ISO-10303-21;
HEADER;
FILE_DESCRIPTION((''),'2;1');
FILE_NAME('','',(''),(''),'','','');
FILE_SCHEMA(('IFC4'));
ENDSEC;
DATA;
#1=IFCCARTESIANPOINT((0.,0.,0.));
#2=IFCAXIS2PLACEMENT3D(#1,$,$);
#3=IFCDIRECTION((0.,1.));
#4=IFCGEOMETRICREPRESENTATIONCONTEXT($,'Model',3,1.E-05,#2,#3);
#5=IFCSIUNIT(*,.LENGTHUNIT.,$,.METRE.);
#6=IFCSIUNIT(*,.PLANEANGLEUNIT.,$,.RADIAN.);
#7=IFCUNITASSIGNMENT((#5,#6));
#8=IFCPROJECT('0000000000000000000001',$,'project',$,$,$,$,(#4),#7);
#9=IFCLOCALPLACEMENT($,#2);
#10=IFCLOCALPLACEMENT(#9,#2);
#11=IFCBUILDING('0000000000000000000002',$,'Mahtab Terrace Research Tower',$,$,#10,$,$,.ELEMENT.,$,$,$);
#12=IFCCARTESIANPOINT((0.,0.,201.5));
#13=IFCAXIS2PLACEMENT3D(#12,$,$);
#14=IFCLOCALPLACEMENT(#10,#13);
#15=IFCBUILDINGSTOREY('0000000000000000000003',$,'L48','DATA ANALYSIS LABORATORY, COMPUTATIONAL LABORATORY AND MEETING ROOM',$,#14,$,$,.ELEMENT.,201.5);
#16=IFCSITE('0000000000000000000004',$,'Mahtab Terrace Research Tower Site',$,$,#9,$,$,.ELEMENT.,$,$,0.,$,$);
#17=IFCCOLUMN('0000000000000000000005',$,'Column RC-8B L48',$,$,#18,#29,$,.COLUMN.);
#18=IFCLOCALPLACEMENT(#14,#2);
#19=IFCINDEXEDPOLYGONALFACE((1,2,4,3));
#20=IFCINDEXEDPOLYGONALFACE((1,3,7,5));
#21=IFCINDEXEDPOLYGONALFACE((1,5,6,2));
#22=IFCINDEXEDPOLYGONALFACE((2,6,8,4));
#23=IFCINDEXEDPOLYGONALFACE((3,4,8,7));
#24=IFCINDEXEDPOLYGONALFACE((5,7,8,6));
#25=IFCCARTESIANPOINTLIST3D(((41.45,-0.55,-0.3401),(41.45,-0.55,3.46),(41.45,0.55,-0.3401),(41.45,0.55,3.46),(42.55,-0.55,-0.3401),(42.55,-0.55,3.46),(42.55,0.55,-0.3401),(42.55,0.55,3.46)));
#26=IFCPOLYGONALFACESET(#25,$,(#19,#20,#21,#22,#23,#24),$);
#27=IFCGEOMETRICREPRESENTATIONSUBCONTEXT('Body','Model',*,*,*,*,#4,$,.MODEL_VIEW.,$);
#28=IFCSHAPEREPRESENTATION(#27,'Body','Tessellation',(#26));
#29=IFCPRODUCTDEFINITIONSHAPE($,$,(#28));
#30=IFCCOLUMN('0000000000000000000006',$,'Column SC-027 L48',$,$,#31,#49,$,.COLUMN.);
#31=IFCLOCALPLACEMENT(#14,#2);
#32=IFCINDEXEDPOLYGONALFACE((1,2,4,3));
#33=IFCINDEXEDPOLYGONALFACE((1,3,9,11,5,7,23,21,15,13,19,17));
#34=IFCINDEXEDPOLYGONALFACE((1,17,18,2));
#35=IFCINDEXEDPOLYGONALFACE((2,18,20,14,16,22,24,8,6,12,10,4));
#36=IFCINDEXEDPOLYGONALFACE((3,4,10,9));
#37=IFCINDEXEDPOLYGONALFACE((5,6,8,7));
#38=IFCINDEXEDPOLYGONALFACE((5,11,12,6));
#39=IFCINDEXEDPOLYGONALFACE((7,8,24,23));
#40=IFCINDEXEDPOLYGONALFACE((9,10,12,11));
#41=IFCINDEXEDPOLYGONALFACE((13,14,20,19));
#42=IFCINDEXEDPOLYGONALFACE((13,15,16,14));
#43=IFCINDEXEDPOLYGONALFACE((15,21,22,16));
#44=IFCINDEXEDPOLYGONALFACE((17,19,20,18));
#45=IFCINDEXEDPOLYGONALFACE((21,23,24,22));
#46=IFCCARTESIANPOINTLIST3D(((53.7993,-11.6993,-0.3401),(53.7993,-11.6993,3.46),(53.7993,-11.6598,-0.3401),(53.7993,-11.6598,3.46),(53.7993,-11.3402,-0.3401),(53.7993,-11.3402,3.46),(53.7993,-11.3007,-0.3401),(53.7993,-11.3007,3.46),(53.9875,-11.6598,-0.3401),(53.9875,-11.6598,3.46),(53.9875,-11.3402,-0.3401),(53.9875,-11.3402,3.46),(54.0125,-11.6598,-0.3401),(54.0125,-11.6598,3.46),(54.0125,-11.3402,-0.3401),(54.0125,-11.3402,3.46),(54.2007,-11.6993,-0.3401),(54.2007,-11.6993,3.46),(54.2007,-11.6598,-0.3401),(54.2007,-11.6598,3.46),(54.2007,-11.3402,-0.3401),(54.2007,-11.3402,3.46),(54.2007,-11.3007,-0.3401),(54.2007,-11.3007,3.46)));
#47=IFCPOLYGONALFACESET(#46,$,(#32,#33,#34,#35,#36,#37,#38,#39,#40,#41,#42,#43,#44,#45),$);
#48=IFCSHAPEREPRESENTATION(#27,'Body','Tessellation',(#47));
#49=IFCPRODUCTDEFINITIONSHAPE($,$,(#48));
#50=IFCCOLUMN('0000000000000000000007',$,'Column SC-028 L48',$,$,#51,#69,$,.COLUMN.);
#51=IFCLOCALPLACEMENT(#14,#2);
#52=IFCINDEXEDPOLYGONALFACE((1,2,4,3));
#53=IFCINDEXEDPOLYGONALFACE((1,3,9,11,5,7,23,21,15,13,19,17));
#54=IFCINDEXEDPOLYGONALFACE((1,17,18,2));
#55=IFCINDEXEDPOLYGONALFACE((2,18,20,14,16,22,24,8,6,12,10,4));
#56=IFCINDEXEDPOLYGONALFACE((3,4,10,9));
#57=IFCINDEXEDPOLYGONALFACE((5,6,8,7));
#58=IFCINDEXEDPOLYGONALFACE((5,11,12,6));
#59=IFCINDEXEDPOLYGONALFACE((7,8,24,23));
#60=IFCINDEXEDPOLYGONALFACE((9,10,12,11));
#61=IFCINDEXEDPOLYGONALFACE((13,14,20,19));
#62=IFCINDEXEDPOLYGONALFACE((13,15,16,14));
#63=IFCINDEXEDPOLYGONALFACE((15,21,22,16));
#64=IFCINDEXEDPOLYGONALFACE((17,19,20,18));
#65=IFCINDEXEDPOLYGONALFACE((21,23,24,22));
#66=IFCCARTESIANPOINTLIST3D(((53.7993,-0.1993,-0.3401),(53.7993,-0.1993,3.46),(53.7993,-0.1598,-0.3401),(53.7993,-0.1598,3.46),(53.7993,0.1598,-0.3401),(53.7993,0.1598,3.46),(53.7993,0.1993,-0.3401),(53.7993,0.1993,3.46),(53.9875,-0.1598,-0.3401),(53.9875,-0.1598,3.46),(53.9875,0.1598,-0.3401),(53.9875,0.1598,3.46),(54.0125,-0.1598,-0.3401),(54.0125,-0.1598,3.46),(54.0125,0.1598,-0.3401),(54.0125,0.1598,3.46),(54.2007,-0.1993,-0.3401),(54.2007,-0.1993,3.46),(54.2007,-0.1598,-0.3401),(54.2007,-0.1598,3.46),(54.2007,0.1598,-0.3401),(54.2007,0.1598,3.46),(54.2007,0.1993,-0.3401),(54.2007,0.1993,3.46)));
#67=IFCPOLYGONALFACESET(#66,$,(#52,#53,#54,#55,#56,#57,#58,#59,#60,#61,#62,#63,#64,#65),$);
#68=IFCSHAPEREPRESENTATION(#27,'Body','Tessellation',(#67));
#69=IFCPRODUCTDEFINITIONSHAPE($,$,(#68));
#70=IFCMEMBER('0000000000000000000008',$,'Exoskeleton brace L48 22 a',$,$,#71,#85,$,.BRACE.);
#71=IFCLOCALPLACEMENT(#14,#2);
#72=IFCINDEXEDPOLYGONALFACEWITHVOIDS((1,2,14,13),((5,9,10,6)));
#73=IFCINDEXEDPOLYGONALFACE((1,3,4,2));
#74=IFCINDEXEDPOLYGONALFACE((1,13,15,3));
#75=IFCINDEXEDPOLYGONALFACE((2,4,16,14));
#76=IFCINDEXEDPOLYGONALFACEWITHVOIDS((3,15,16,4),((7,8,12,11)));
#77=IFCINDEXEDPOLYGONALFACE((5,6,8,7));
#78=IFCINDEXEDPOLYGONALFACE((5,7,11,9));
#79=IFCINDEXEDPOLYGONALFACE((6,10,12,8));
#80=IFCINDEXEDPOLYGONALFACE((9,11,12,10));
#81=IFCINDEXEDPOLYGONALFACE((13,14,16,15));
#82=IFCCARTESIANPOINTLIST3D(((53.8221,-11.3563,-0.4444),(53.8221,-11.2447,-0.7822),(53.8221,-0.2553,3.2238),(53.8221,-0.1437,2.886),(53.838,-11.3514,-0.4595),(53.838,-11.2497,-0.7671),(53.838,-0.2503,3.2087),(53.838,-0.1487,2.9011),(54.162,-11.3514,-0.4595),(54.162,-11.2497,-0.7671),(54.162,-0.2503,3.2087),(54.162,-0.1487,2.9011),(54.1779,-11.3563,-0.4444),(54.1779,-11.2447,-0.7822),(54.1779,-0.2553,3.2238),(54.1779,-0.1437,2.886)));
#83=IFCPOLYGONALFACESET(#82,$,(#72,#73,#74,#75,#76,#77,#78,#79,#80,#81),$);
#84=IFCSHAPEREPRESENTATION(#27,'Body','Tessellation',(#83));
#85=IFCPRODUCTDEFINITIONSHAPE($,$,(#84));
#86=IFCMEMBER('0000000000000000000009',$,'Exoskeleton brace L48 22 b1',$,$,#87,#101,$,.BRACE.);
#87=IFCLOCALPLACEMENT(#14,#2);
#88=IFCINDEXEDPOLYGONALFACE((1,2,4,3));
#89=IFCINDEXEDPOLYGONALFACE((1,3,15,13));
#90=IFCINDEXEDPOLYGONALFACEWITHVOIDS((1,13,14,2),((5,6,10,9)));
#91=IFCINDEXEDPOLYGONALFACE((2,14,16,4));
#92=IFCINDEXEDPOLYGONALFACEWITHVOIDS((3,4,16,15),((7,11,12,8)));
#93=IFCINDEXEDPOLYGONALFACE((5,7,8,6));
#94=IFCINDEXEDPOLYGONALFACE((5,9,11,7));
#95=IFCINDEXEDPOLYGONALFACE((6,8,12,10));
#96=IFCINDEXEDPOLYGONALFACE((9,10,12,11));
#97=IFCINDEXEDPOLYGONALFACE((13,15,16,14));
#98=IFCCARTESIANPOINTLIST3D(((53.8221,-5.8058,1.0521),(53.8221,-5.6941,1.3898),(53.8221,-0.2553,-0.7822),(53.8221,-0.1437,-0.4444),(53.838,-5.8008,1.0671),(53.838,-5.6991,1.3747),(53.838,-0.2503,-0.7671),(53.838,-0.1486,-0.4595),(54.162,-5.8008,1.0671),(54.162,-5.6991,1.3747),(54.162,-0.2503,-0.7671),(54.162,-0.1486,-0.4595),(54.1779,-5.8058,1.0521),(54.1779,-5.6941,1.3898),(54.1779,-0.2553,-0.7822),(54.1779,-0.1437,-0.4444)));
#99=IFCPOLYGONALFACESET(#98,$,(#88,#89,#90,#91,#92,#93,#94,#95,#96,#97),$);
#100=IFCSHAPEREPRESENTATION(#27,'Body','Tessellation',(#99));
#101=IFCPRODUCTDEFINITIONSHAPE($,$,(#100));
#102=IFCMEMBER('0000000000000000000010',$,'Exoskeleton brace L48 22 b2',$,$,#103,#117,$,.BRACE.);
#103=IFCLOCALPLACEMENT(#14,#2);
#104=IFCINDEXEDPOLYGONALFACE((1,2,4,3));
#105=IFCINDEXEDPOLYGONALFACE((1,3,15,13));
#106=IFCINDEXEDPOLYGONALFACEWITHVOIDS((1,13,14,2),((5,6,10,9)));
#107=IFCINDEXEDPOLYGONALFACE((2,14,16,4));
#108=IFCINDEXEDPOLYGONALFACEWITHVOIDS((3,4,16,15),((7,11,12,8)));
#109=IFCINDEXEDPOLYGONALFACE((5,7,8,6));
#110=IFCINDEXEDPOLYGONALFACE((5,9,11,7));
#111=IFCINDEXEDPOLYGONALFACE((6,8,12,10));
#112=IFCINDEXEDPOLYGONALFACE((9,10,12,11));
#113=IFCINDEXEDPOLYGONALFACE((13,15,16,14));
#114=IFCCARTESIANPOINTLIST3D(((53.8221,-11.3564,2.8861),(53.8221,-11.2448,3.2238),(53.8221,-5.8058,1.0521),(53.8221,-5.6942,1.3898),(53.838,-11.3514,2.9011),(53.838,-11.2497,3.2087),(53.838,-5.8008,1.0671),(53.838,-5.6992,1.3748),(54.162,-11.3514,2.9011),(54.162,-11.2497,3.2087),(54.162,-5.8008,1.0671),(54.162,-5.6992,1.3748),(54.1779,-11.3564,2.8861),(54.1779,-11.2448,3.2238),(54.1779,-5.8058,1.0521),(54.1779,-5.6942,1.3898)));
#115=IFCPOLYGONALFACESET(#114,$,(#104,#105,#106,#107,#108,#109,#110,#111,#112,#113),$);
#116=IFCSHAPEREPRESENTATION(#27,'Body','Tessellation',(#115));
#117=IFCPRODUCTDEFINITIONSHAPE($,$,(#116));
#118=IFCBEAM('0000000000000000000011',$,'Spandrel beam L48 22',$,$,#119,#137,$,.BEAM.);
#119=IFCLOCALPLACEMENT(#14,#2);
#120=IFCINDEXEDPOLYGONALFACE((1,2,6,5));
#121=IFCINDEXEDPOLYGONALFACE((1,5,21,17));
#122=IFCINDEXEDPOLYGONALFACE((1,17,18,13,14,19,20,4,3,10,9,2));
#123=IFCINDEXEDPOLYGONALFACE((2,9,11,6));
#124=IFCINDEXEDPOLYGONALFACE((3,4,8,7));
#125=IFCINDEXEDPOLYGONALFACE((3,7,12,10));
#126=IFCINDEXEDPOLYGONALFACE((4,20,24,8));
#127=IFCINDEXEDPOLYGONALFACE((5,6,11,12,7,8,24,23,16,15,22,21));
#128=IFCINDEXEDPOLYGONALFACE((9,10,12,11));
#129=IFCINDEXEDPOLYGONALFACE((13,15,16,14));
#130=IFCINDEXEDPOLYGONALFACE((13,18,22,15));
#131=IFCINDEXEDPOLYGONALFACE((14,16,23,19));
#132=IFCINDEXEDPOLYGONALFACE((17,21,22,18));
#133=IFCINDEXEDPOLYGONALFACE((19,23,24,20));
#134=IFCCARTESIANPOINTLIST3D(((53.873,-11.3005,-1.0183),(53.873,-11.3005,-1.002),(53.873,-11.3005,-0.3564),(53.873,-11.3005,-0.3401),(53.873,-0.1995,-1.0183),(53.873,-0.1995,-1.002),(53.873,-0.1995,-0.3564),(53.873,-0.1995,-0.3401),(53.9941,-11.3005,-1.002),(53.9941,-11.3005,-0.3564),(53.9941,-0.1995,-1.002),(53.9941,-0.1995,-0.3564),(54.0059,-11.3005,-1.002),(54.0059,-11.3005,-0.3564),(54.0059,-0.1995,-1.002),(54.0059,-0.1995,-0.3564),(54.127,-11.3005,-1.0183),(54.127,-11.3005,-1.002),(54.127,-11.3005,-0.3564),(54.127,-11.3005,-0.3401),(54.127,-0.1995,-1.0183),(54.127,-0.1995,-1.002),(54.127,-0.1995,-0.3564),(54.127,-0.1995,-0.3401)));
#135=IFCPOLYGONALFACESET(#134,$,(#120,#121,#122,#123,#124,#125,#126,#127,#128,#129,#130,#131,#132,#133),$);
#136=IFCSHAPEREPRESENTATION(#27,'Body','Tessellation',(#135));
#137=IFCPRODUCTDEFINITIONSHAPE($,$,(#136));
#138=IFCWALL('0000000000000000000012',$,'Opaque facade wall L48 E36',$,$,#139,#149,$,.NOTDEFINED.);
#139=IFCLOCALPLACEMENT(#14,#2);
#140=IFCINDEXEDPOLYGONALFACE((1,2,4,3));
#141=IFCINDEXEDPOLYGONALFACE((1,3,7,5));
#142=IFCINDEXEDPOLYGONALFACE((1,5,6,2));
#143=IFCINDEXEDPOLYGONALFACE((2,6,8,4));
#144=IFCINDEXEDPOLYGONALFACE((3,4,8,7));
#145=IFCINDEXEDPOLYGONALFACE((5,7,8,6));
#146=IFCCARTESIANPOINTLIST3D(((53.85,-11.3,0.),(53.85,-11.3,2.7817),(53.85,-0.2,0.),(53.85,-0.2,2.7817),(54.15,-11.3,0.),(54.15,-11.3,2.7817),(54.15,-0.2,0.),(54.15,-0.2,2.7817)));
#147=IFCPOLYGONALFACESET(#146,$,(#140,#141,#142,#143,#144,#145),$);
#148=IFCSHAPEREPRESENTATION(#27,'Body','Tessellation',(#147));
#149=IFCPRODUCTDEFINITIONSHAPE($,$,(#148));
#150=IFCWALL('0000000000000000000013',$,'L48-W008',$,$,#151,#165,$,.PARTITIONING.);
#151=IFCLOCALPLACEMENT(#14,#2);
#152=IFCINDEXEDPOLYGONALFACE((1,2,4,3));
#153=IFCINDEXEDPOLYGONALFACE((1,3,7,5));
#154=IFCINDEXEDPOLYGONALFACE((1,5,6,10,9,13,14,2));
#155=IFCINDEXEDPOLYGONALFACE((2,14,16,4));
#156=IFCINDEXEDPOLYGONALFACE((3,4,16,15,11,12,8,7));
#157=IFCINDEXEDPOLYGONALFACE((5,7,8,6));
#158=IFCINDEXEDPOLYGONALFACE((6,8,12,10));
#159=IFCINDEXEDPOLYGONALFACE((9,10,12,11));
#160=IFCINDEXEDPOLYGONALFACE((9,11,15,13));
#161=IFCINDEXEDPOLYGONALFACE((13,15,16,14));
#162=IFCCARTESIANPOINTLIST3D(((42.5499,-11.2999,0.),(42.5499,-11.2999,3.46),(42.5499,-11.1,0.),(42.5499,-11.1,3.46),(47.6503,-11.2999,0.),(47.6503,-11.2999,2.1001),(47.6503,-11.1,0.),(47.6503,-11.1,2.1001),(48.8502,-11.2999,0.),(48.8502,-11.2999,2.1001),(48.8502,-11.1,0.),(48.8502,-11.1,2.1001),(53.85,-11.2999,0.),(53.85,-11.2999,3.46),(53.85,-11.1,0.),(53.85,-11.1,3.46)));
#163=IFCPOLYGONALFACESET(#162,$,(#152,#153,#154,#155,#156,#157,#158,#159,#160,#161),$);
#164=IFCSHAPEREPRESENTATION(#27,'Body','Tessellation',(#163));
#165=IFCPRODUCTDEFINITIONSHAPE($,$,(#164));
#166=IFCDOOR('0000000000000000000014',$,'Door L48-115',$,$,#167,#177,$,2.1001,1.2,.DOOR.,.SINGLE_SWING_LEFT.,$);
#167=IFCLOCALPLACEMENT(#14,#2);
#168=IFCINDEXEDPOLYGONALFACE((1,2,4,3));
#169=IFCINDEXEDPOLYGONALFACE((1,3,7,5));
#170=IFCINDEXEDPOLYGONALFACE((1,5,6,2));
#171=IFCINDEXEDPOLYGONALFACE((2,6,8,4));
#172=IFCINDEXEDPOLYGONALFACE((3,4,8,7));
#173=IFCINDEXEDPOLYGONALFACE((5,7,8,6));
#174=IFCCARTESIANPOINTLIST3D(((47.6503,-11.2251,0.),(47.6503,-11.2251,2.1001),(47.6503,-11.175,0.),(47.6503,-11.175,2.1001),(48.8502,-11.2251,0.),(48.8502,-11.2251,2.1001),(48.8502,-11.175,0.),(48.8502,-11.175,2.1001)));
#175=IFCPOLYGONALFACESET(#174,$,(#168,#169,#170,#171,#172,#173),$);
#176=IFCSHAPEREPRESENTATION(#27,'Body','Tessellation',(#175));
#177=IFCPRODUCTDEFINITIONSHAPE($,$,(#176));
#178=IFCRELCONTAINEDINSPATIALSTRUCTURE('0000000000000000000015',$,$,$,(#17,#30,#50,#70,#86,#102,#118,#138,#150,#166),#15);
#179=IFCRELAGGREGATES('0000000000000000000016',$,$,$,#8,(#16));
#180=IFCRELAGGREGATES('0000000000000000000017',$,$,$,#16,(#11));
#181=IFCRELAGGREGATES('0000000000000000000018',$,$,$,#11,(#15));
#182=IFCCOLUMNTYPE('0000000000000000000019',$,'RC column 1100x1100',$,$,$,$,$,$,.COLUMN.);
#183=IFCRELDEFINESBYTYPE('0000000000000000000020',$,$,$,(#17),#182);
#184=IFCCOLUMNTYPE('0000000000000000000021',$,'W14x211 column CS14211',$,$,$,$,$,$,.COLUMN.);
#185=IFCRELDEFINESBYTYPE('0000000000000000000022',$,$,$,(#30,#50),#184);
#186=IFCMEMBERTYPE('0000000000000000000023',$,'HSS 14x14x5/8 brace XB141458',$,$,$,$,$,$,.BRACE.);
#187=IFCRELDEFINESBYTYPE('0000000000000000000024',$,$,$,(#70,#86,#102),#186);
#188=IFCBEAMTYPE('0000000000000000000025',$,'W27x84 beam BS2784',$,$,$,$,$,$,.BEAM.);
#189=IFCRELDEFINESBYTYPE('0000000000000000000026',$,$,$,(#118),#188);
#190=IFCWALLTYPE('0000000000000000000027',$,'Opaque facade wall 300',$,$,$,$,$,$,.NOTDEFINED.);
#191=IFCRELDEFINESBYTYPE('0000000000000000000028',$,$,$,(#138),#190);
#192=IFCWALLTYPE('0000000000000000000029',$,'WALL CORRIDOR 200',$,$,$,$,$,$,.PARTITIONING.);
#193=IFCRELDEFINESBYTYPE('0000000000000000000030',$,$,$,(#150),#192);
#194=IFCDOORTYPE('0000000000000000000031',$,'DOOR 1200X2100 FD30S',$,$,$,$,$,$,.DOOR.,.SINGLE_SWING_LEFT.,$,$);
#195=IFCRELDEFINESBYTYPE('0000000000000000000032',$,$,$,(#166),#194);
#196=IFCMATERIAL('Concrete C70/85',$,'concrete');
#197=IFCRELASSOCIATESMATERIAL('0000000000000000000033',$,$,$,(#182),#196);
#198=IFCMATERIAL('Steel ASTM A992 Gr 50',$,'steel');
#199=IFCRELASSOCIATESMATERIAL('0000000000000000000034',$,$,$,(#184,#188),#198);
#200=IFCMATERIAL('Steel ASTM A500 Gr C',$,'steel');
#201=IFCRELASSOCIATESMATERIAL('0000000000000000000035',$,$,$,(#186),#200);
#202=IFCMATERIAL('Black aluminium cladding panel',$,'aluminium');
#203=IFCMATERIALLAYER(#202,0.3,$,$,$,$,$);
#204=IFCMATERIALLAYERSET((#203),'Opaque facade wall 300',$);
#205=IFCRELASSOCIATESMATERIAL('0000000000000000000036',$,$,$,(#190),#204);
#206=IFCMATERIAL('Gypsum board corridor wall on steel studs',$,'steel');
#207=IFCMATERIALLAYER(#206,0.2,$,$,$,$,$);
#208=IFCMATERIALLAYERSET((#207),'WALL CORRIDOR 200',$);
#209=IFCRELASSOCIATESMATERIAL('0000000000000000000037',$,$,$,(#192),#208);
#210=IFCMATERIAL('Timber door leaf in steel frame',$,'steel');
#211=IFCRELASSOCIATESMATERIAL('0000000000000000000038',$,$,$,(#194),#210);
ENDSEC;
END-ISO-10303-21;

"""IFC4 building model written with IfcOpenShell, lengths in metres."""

from ifc_helpers import new_model, si_unit, direction, frame, frame_2d, origin, origin_2d, place, context, subcontext, project, spatial, rectangle, hollow_rectangle, i_section, extrude, material, layer, layer_set, material_profile, profile_set, type_object, element, fill, save


model = new_model("IFC4")

# Units and contexts
model_context = context("Model", 3, precision=1e-05, world=origin(), true_north=direction((0.0, 1.0)))
body_context = subcontext(model_context, "Body", "Model", "MODEL_VIEW")
ifc_project = project(units=[si_unit("LENGTHUNIT", "METRE"), si_unit("PLANEANGLEUNIT", "RADIAN")], contexts=[model_context])

# Site, building, storey
site_placement = place(None, origin())
site = spatial("IfcSite", under=ifc_project, at=site_placement, Name="Mahtab Terrace Research Tower Site", CompositionType="ELEMENT", RefElevation=0.0)
building_placement = place(site_placement, origin())
building = spatial("IfcBuilding", under=site, at=building_placement, Name="Mahtab Terrace Research Tower", CompositionType="ELEMENT")
storey_placement = place(building_placement, frame((0.0, 0.0, 201.5)))
storey = spatial("IfcBuildingStorey", under=building, at=storey_placement, Name="L48", Description="DATA ANALYSIS LABORATORY, COMPUTATIONAL LABORATORY AND MEETING ROOM", CompositionType="ELEMENT", Elevation=201.5)

# Columns
ifc_material_1 = material(Name="Concrete C70/85", Category="concrete")
ifc_material_profile_1 = material_profile(ifc_material_1, rectangle(XDim=1.1001, YDim=1.1001, at=origin_2d()), Name="RC column 1100x1100")
ifc_profile_set_1 = profile_set([ifc_material_profile_1], Name="Concrete C70/85")
column_type_1 = type_object("IfcColumnType", Name="RC column 1100x1100", PredefinedType="COLUMN", material=ifc_profile_set_1)
column_placement = place(storey_placement, frame((42.0, 0.0, -0.3401), z_axis=(0.0, 0.0, 1.0), x_axis=(1.0, 0.0, 0.0)))
element("IfcColumn", 1, at=column_placement, inside=storey, type_object=column_type_1, Name="Column RC-8B L48", PredefinedType="COLUMN", context=body_context, shape_type="SweptSolid", body=[
    extrude(rectangle(XDim=1.1001, YDim=1.1001, at=origin_2d()), origin(), (0.0, 0.0, 1.0), 3.8),
])
ifc_material_2 = material(Name="Steel ASTM A992 Gr 50", Category="steel")
ifc_material_profile_2 = material_profile(ifc_material_2, i_section(OverallWidth=0.4014, OverallDepth=0.3987, WebThickness=0.0249, FlangeThickness=0.0396, at=origin_2d()), Name="W14X211")
ifc_profile_set_2 = profile_set([ifc_material_profile_2], Name="Steel ASTM A992 Gr 50")
column_type_2 = type_object("IfcColumnType", Name="W14x211 column CS14211", PredefinedType="COLUMN", material=ifc_profile_set_2)
for number, where, z_axis, x_axis, name in (
    (2, (54.0, -11.5, -0.3401), (0.0, 0.0, 1.0), (1.0, 0.0, 0.0), "Column SC-027 L48"),
    (3, (54.0, 0.0, -0.3401), (0.0, 0.0, 1.0), (1.0, 0.0, 0.0), "Column SC-028 L48"),
):
    element("IfcColumn", number, at=place(storey_placement, frame(where, z_axis=z_axis, x_axis=x_axis)), inside=storey, type_object=column_type_2, Name=name, PredefinedType="COLUMN", context=body_context, shape_type="SweptSolid", body=[
        extrude(i_section(OverallWidth=0.4014, OverallDepth=0.3987, WebThickness=0.0249, FlangeThickness=0.0396, at=origin_2d()), origin(), (0.0, 0.0, 1.0), 3.8),
    ])

# Members
ifc_material_3 = material(Name="Steel ASTM A500 Gr C", Category="steel")
ifc_material_profile_3 = material_profile(ifc_material_3, hollow_rectangle(XDim=0.3557, YDim=0.3557, WallThickness=0.0159, at=origin_2d()), Name="HSS14X14X5/8")
ifc_profile_set_3 = profile_set([ifc_material_profile_3], Name="Steel ASTM A500 Gr C")
member_type = type_object("IfcMemberType", Name="HSS 14x14x5/8 brace XB141458", PredefinedType="BRACE", material=ifc_profile_set_3)
member_placement = place(storey_placement, frame((54.0, -11.3005, -0.6133), z_axis=(0.0, 0.949505, 0.313752), x_axis=(-1.0, 0.0, 0.0)))
element("IfcMember", 4, at=member_placement, inside=storey, type_object=member_type, Name="Exoskeleton brace L48 22 a", PredefinedType="BRACE", context=body_context, shape_type="SweptSolid", body=[
    extrude(hollow_rectangle(XDim=0.3557, YDim=0.3557, WallThickness=0.0159, at=origin_2d()), origin(), (0.0, 0.0, 1.0), 11.6914),
])
for number, where, z_axis, x_axis, name in (
    (5, (54.0, -0.1995, -0.6133), (0.0, -0.949499, 0.313771), (1.0, 0.0, 0.0), "Exoskeleton brace L48 22 b1"),
    (6, (54.0, -5.75, 1.2209), (0.0, -0.949511, 0.313733), (1.0, 0.0, 0.0), "Exoskeleton brace L48 22 b2"),
):
    element("IfcMember", number, at=place(storey_placement, frame(where, z_axis=z_axis, x_axis=x_axis)), inside=storey, type_object=member_type, Name=name, PredefinedType="BRACE", context=body_context, shape_type="SweptSolid", body=[
        extrude(hollow_rectangle(XDim=0.3557, YDim=0.3557, WallThickness=0.0159, at=origin_2d()), origin(), (0.0, 0.0, 1.0), 5.8457),
    ])

# Beam
ifc_material_profile_4 = material_profile(ifc_material_2, i_section(OverallWidth=0.2539, OverallDepth=0.6782, WebThickness=0.0117, FlangeThickness=0.0164, at=origin_2d()), Name="W27X84")
ifc_profile_set_4 = profile_set([ifc_material_profile_4], Name="Steel ASTM A992 Gr 50")
beam_type = type_object("IfcBeamType", Name="W27x84 beam BS2784", PredefinedType="BEAM", material=ifc_profile_set_4)
beam_placement = place(storey_placement, frame((54.0, -11.3005, -0.6792), z_axis=(0.0, 1.0, 0.0), x_axis=(-1.0, 0.0, 0.0)))
element("IfcBeam", 7, at=beam_placement, inside=storey, type_object=beam_type, Name="Spandrel beam L48 22", PredefinedType="BEAM", context=body_context, shape_type="SweptSolid", body=[
    extrude(i_section(OverallWidth=0.2539, OverallDepth=0.6782, WebThickness=0.0117, FlangeThickness=0.0164, at=origin_2d()), origin(), (0.0, 0.0, 1.0), 11.1011),
])

# Wall
ifc_material_4 = material(Name="Black aluminium cladding panel", Category="aluminium")
ifc_layer_1 = layer(ifc_material_4, 0.3)
ifc_layer_set_1 = layer_set([ifc_layer_1], Name="Opaque facade wall 300")
wall_type_1 = type_object("IfcWallType", Name="Opaque facade wall 300", PredefinedType="NOTDEFINED", material=ifc_layer_set_1)
wall_1_placement = place(storey_placement, frame((54.0, -11.3, 0.0), z_axis=(0.0, 0.0, 1.0), x_axis=(0.0, 1.0, 0.0)))
element("IfcWall", 8, at=wall_1_placement, inside=storey, type_object=wall_type_1, Name="Opaque facade wall L48 E36", PredefinedType="NOTDEFINED", context=body_context, shape_type="SweptSolid", body=[
    extrude(rectangle(XDim=11.1001, YDim=0.3, at=frame_2d((5.55, 0.0))), origin(), (0.0, 0.0, 1.0), 2.7817),
])

# Wall, opening, door
ifc_material_5 = material(Name="Gypsum board corridor wall on steel studs", Category="steel")
ifc_layer_2 = layer(ifc_material_5, 0.2)
ifc_layer_set_2 = layer_set([ifc_layer_2], Name="WALL CORRIDOR 200")
wall_type_2 = type_object("IfcWallType", Name="WALL CORRIDOR 200", PredefinedType="PARTITIONING", material=ifc_layer_set_2)
wall_2_placement = place(storey_placement, frame((42.55, -11.2, 0.0), z_axis=(0.0, 0.0, 1.0), x_axis=(1.0, 0.0, 0.0)))
wall_2 = element("IfcWall", 9, at=wall_2_placement, inside=storey, type_object=wall_type_2, Name="L48-W008", PredefinedType="PARTITIONING", context=body_context, shape_type="SweptSolid", body=[
    extrude(rectangle(XDim=11.3, YDim=0.2, at=frame_2d((5.6499, 0.0))), origin(), (0.0, 0.0, 1.0), 3.46),
])
opening_placement = place(wall_2_placement, frame((5.1001, 0.0, 0.0)))
opening = element("IfcOpeningElement", 10, at=opening_placement, cuts=wall_2, PredefinedType="OPENING", context=body_context, shape_type="SweptSolid", body=[
    extrude(rectangle(XDim=1.2, YDim=2.1001, at=frame_2d((0.6001, 1.05))), frame((0.0, 0.1099, 0.0), z_axis=(0.0, -1.0, 0.0), x_axis=(1.0, 0.0, 0.0)), (0.0, 0.0, 1.0), 0.22),
])
ifc_material_6 = material(Name="Timber door leaf in steel frame", Category="steel")
door_type = type_object("IfcDoorType", Name="DOOR 1200X2100 FD30S", OperationType="SINGLE_SWING_LEFT", PredefinedType="DOOR", material=ifc_material_6)
door_placement = place(opening_placement, origin())
door = element("IfcDoor", 11, at=door_placement, inside=storey, type_object=door_type, Name="Door L48-115", OperationType="SINGLE_SWING_LEFT", OverallHeight=2.1001, OverallWidth=1.2, PredefinedType="DOOR", context=body_context, shape_type="SweptSolid", body=[
    extrude(rectangle(XDim=1.2, YDim=2.1001, at=frame_2d((0.6001, 1.05))), frame((0.0, 0.0249, 0.0), z_axis=(0.0, -1.0, 0.0), x_axis=(1.0, 0.0, 0.0)), (0.0, 0.0, 1.0), 0.05),
])
fill(opening, door)

save(model, "model.ifc")
